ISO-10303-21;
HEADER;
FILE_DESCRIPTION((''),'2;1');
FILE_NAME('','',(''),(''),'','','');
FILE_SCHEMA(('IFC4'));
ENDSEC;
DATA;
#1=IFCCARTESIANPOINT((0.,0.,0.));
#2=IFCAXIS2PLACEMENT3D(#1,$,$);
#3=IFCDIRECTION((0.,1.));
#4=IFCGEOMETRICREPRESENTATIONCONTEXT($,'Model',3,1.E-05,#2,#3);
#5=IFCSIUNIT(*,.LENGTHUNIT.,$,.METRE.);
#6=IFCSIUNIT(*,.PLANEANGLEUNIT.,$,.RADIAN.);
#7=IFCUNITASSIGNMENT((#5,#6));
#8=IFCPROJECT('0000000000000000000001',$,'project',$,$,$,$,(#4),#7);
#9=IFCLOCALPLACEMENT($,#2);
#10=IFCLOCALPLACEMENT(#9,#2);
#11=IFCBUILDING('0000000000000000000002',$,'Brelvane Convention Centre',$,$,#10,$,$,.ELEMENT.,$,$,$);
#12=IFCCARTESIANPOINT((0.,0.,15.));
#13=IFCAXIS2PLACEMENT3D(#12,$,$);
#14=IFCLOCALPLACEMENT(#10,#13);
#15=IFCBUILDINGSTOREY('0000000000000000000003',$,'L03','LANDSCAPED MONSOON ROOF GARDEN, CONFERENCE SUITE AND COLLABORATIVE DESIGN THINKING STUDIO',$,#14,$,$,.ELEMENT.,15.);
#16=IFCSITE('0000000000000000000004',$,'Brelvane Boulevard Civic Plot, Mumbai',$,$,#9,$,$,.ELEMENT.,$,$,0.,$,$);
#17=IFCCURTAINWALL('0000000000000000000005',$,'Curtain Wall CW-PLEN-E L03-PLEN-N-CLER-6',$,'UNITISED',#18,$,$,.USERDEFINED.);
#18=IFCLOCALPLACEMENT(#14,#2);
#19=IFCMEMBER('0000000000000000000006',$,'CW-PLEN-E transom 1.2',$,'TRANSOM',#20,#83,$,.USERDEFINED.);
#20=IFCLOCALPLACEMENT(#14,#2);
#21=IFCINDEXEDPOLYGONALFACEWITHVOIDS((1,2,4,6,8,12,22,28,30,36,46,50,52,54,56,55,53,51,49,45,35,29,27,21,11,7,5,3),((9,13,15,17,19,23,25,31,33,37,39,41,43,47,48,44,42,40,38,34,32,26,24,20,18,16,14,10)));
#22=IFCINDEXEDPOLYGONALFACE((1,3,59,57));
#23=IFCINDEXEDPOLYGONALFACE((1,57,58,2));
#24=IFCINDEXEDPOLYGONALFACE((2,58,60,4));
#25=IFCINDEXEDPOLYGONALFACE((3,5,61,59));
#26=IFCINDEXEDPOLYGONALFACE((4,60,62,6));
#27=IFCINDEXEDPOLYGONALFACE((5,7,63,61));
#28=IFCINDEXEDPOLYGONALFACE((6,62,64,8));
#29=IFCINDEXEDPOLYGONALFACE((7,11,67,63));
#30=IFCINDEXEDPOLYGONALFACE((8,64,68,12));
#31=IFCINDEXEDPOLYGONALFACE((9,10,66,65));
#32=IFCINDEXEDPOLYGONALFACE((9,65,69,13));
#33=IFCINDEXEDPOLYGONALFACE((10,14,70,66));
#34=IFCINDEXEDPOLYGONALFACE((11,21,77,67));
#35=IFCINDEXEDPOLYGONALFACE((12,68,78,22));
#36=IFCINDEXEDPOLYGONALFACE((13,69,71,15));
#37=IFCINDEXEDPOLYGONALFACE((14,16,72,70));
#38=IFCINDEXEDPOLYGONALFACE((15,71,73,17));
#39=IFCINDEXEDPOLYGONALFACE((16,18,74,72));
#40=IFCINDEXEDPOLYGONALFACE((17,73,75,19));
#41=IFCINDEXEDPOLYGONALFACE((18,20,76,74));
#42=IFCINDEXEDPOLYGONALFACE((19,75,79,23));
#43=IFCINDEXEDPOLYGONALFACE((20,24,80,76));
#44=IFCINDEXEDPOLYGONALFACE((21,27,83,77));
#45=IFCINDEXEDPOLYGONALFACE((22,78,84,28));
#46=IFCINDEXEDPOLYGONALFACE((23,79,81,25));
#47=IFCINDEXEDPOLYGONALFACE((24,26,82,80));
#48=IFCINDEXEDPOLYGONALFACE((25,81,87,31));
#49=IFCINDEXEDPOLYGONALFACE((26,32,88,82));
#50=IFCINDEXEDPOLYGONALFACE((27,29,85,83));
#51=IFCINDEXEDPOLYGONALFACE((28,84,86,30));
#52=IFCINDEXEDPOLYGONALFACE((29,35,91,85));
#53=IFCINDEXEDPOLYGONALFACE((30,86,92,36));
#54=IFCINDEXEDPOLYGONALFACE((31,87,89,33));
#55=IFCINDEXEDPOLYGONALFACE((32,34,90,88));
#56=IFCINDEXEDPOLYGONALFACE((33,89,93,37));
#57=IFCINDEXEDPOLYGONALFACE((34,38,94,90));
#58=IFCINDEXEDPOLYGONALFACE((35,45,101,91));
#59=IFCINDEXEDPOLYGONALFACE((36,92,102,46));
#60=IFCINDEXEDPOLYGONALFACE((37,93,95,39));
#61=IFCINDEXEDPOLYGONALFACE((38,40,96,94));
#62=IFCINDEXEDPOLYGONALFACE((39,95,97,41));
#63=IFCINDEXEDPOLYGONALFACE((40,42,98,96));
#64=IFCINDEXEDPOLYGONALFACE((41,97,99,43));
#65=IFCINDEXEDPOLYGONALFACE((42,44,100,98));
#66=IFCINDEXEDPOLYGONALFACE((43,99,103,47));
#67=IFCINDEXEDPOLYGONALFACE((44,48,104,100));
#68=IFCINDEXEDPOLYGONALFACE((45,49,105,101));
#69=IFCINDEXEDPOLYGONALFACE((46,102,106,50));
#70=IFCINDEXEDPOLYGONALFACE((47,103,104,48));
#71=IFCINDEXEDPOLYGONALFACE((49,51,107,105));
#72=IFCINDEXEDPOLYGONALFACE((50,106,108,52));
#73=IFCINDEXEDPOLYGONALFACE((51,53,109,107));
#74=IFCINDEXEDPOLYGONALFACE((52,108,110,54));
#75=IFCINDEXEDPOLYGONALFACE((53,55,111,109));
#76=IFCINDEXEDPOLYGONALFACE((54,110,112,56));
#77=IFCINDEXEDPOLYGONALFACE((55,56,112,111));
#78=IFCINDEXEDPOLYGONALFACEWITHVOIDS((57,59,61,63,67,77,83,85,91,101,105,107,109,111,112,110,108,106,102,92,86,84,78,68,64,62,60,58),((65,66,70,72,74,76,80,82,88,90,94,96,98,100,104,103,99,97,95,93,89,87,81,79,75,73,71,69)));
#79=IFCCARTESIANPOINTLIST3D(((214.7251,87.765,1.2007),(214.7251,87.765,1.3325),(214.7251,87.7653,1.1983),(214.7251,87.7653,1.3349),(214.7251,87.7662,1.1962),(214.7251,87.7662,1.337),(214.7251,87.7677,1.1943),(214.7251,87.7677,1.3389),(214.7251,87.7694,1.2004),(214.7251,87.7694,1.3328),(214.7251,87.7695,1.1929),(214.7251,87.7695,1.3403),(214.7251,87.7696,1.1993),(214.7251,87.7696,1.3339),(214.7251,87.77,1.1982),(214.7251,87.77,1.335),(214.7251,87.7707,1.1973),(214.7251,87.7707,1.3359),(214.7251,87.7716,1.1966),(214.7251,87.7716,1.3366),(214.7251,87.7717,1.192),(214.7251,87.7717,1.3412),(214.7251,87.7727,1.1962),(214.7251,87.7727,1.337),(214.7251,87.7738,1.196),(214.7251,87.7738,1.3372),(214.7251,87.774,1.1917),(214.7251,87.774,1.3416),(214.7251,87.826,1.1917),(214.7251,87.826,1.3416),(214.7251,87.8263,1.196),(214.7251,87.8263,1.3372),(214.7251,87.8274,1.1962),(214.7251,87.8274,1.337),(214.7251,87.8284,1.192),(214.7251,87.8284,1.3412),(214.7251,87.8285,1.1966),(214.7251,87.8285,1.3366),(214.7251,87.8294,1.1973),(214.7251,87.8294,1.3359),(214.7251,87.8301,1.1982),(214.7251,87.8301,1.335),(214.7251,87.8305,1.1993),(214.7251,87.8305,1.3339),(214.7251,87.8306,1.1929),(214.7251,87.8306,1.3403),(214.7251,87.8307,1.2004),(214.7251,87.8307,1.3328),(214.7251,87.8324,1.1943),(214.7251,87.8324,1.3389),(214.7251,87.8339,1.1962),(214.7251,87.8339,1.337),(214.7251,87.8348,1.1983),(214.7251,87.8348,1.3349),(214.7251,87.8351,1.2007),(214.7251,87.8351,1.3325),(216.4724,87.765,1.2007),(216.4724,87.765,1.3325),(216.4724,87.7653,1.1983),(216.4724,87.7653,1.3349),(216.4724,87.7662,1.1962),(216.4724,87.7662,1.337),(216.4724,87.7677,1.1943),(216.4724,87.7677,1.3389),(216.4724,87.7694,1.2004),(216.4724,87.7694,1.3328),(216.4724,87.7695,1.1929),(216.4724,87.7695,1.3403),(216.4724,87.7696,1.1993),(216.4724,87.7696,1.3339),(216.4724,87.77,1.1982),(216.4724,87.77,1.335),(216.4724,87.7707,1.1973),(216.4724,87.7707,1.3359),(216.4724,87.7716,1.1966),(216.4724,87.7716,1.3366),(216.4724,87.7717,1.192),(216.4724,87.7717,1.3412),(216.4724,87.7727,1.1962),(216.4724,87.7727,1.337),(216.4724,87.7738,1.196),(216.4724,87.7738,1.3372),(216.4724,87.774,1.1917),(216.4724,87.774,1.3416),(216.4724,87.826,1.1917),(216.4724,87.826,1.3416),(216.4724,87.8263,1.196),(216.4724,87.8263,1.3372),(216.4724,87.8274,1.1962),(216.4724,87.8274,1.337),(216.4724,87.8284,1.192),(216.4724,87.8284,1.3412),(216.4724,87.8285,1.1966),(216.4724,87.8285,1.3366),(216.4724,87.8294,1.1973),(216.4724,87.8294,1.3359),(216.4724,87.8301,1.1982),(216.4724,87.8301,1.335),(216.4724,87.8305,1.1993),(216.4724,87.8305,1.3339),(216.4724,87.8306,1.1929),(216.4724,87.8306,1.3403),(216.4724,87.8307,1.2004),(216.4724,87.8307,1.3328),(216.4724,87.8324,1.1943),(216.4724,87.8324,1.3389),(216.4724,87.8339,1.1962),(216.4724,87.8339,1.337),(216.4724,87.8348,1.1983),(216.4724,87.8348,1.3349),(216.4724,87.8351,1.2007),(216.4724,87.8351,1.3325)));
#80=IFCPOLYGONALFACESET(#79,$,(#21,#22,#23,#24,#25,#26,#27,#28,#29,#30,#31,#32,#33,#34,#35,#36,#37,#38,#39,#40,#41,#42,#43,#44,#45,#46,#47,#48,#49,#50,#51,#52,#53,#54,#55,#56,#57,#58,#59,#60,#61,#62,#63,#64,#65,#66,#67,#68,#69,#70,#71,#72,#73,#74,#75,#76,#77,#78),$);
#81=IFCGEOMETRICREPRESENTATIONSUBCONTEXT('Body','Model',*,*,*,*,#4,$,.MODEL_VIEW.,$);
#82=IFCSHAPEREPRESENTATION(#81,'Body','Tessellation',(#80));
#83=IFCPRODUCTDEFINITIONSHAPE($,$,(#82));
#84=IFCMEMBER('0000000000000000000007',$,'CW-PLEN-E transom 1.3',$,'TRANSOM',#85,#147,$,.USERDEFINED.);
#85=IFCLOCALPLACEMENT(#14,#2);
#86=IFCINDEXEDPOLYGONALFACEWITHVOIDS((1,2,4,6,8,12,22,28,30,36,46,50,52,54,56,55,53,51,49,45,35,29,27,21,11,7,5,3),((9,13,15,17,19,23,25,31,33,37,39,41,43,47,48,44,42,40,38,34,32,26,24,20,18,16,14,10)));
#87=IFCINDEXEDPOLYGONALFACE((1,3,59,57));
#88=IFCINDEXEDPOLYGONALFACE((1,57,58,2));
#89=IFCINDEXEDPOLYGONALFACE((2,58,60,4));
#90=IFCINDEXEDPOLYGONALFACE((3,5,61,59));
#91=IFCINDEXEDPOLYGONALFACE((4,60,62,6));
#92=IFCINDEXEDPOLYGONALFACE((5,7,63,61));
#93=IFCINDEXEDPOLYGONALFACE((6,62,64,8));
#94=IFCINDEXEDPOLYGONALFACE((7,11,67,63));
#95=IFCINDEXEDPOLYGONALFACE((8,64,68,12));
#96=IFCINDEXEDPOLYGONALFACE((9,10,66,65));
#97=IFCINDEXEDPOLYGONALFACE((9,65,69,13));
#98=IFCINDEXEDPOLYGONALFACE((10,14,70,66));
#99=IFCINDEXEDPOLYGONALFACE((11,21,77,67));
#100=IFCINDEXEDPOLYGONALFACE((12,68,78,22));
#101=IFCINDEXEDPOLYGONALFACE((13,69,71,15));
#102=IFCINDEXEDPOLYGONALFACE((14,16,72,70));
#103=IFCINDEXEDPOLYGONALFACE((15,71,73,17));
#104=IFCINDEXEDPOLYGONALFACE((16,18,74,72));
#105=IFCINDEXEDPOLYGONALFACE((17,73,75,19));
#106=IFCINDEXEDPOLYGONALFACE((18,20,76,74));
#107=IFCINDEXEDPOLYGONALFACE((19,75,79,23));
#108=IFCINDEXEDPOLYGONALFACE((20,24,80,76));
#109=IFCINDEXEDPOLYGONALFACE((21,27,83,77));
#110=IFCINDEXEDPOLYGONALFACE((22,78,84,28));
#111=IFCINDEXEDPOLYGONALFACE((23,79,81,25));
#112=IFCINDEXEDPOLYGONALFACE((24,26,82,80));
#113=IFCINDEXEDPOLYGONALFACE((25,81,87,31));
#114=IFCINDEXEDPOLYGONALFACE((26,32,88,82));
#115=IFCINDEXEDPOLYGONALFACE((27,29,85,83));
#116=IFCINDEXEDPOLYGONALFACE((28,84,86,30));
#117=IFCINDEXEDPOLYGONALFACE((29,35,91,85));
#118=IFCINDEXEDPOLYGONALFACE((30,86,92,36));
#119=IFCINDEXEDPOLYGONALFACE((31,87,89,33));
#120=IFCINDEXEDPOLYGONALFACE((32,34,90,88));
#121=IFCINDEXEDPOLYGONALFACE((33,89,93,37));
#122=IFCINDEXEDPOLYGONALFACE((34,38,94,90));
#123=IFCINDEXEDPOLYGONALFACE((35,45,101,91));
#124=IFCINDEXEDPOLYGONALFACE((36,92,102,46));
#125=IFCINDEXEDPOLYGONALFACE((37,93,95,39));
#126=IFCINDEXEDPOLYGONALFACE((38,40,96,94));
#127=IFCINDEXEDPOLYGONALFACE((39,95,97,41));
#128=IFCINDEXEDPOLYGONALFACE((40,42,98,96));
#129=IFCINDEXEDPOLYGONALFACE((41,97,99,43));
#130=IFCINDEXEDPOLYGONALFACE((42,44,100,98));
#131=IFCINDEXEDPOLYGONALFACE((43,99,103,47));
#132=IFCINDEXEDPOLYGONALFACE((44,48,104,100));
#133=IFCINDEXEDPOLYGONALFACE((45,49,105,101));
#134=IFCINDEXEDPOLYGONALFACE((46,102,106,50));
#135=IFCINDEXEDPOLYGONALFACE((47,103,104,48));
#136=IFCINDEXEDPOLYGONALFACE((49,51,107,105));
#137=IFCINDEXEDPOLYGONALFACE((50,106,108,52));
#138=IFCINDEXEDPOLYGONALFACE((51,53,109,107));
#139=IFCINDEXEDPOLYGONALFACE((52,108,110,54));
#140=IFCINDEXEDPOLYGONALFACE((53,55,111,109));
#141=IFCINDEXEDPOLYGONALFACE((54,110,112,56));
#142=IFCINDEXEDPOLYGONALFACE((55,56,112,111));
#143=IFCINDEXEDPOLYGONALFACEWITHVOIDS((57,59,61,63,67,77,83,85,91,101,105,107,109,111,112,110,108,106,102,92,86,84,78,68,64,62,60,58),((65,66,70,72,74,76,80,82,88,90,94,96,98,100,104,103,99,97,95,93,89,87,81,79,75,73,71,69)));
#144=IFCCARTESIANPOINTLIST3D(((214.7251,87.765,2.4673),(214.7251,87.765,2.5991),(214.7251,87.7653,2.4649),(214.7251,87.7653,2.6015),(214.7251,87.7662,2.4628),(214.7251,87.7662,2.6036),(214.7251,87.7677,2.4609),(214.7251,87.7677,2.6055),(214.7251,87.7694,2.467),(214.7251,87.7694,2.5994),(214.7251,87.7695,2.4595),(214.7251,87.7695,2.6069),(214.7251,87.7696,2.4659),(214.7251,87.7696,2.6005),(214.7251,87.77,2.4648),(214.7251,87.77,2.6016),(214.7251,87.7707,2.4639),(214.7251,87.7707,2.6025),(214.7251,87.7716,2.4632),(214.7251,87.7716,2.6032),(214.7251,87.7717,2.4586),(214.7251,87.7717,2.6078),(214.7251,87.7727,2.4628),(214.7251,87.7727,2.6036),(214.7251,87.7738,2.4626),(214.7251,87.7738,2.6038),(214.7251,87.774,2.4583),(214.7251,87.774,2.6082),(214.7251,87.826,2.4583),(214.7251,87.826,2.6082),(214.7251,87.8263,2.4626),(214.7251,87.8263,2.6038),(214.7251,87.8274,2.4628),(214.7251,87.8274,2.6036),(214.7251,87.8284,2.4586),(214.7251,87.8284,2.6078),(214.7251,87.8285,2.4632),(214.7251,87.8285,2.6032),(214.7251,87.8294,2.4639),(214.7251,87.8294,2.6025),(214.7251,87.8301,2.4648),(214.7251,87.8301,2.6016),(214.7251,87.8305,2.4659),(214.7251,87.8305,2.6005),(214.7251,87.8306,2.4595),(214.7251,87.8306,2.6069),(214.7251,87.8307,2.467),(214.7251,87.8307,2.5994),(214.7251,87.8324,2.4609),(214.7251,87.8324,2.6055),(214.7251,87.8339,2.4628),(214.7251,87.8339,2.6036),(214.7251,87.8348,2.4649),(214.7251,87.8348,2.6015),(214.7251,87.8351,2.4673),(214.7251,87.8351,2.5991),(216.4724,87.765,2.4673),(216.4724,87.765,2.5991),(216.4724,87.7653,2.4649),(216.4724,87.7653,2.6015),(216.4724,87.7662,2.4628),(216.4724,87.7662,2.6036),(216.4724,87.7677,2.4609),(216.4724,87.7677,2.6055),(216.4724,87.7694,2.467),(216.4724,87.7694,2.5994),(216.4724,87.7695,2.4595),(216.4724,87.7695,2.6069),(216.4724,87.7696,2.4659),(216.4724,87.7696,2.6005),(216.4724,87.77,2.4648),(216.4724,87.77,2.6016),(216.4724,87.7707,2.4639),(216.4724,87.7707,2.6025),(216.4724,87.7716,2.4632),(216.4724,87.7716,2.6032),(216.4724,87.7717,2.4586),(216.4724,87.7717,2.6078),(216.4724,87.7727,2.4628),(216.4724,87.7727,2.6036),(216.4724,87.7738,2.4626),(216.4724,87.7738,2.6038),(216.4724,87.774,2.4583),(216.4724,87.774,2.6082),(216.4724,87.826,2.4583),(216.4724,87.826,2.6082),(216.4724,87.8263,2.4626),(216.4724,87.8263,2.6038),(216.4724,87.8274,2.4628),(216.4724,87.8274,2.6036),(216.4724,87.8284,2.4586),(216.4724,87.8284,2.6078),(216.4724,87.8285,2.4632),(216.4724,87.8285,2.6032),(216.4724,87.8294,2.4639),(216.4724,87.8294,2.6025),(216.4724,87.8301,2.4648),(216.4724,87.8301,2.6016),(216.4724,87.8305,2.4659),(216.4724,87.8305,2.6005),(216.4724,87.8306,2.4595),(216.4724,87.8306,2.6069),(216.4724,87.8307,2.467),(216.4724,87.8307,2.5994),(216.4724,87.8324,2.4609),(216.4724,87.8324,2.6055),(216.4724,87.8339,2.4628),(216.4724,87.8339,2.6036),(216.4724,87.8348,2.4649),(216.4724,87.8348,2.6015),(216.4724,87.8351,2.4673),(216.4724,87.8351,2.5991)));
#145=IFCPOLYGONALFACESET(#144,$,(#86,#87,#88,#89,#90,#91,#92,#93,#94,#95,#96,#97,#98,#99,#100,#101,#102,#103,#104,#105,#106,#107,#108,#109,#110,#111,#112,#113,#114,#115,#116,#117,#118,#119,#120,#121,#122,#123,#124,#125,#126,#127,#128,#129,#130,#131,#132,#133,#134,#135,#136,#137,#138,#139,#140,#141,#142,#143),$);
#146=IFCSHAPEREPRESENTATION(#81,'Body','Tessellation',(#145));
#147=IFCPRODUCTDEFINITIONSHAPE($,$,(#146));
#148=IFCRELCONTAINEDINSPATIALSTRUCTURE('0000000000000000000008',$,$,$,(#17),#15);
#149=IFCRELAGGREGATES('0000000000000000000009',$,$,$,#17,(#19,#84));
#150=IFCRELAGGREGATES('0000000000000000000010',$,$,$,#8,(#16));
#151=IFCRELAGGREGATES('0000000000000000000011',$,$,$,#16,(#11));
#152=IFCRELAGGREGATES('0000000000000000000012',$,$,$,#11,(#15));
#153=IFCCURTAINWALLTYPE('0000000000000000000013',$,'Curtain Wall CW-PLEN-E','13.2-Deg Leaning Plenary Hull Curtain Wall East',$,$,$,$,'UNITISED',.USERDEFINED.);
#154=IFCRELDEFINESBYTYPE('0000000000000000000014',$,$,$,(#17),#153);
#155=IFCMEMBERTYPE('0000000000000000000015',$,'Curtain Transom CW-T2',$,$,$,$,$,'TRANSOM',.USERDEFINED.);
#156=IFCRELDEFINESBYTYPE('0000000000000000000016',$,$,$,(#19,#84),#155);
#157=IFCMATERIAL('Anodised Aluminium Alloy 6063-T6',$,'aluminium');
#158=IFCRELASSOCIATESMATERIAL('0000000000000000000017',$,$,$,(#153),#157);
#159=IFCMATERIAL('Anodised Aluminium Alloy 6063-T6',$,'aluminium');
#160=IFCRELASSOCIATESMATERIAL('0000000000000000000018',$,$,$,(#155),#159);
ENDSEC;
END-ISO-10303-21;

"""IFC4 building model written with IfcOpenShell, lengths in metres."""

from ifc_helpers import new_model, si_unit, direction, frame, origin, origin_2d, place, context, subcontext, project, spatial, hollow_rectangle, extrude, material, material_profile, profile_set, type_object, element, aggregate, save


model = new_model("IFC4")

# Units and contexts
model_context = context("Model", 3, precision=1e-05, world=origin(), true_north=direction((0.0, 1.0)))
body_context = subcontext(model_context, "Body", "Model", "MODEL_VIEW")
ifc_project = project(units=[si_unit("LENGTHUNIT", "METRE"), si_unit("PLANEANGLEUNIT", "RADIAN")], contexts=[model_context])

# Site, building, storey
site_placement = place(None, origin())
site = spatial("IfcSite", under=ifc_project, at=site_placement, Name="Brelvane Boulevard Civic Plot, Mumbai", CompositionType="ELEMENT", RefElevation=0.0)
building_placement = place(site_placement, origin())
building = spatial("IfcBuilding", under=site, at=building_placement, Name="Brelvane Convention Centre", CompositionType="ELEMENT")
storey_placement = place(building_placement, frame((0.0, 0.0, 15.0)))
storey = spatial("IfcBuildingStorey", under=building, at=storey_placement, Name="L03", Description="LANDSCAPED MONSOON ROOF GARDEN, CONFERENCE SUITE AND COLLABORATIVE DESIGN THINKING STUDIO", CompositionType="ELEMENT", Elevation=15.0)

# Curtain wall
ifc_material_1 = material(Name="Anodised Aluminium Alloy 6063-T6", Category="aluminium")
curtain_wall_type = type_object("IfcCurtainWallType", Name="Curtain Wall CW-PLEN-E", Description="13.2-Deg Leaning Plenary Hull Curtain Wall East", ElementType="UNITISED", PredefinedType="USERDEFINED", material=ifc_material_1)
curtain_wall_1_placement = place(storey_placement, origin())
curtain_wall_1 = element("IfcCurtainWall", 1, at=curtain_wall_1_placement, inside=storey, type_object=curtain_wall_type, Name="Curtain Wall CW-PLEN-E L03-PLEN-N-CLER-6", ObjectType="UNITISED", PredefinedType="USERDEFINED")

# Members
ifc_material_2 = material(Name="Anodised Aluminium Alloy 6063-T6", Category="aluminium")
ifc_material_profile_1 = material_profile(ifc_material_2, hollow_rectangle(XDim=0.0701, YDim=0.1499, WallThickness=0.0044, InnerFilletRadius=0.0044, OuterFilletRadius=0.009, at=origin_2d()), Name="ALU-T 150x70x4.5")
ifc_profile_set_1 = profile_set([ifc_material_profile_1], Name="Anodised Aluminium Alloy 6063-T6")
member_type_1 = type_object("IfcMemberType", Name="Curtain Transom CW-T2", ElementType="TRANSOM", PredefinedType="USERDEFINED", material=ifc_profile_set_1)
member_1_placement = place(storey_placement, frame((214.7251, 87.8, 1.2666), z_axis=(1.0, 0.0, 0.0), x_axis=(0.0, 1.0, 0.0)))
member_1 = element("IfcMember", 2, at=member_1_placement, type_object=member_type_1, Name="CW-PLEN-E transom 1.2", ObjectType="TRANSOM", PredefinedType="USERDEFINED", context=body_context, shape_type="SweptSolid", body=[
    extrude(hollow_rectangle(XDim=0.0701, YDim=0.1499, WallThickness=0.0044, InnerFilletRadius=0.0044, OuterFilletRadius=0.009, at=origin_2d()), origin(), (0.0, 0.0, 1.0), 1.7473),
])
member_2_placement = place(storey_placement, frame((214.7251, 87.8, 2.5332), z_axis=(1.0, 0.0, 0.0), x_axis=(0.0, 1.0, 0.0)))
member_2 = element("IfcMember", 3, at=member_2_placement, type_object=member_type_1, Name="CW-PLEN-E transom 1.3", ObjectType="TRANSOM", PredefinedType="USERDEFINED", context=body_context, shape_type="SweptSolid", body=[
    extrude(hollow_rectangle(XDim=0.0701, YDim=0.1499, WallThickness=0.0044, InnerFilletRadius=0.0044, OuterFilletRadius=0.009, at=origin_2d()), origin(), (0.0, 0.0, 1.0), 1.7473),
])

aggregate(curtain_wall_1, [member_1, member_2])

save(model, "model.ifc")
